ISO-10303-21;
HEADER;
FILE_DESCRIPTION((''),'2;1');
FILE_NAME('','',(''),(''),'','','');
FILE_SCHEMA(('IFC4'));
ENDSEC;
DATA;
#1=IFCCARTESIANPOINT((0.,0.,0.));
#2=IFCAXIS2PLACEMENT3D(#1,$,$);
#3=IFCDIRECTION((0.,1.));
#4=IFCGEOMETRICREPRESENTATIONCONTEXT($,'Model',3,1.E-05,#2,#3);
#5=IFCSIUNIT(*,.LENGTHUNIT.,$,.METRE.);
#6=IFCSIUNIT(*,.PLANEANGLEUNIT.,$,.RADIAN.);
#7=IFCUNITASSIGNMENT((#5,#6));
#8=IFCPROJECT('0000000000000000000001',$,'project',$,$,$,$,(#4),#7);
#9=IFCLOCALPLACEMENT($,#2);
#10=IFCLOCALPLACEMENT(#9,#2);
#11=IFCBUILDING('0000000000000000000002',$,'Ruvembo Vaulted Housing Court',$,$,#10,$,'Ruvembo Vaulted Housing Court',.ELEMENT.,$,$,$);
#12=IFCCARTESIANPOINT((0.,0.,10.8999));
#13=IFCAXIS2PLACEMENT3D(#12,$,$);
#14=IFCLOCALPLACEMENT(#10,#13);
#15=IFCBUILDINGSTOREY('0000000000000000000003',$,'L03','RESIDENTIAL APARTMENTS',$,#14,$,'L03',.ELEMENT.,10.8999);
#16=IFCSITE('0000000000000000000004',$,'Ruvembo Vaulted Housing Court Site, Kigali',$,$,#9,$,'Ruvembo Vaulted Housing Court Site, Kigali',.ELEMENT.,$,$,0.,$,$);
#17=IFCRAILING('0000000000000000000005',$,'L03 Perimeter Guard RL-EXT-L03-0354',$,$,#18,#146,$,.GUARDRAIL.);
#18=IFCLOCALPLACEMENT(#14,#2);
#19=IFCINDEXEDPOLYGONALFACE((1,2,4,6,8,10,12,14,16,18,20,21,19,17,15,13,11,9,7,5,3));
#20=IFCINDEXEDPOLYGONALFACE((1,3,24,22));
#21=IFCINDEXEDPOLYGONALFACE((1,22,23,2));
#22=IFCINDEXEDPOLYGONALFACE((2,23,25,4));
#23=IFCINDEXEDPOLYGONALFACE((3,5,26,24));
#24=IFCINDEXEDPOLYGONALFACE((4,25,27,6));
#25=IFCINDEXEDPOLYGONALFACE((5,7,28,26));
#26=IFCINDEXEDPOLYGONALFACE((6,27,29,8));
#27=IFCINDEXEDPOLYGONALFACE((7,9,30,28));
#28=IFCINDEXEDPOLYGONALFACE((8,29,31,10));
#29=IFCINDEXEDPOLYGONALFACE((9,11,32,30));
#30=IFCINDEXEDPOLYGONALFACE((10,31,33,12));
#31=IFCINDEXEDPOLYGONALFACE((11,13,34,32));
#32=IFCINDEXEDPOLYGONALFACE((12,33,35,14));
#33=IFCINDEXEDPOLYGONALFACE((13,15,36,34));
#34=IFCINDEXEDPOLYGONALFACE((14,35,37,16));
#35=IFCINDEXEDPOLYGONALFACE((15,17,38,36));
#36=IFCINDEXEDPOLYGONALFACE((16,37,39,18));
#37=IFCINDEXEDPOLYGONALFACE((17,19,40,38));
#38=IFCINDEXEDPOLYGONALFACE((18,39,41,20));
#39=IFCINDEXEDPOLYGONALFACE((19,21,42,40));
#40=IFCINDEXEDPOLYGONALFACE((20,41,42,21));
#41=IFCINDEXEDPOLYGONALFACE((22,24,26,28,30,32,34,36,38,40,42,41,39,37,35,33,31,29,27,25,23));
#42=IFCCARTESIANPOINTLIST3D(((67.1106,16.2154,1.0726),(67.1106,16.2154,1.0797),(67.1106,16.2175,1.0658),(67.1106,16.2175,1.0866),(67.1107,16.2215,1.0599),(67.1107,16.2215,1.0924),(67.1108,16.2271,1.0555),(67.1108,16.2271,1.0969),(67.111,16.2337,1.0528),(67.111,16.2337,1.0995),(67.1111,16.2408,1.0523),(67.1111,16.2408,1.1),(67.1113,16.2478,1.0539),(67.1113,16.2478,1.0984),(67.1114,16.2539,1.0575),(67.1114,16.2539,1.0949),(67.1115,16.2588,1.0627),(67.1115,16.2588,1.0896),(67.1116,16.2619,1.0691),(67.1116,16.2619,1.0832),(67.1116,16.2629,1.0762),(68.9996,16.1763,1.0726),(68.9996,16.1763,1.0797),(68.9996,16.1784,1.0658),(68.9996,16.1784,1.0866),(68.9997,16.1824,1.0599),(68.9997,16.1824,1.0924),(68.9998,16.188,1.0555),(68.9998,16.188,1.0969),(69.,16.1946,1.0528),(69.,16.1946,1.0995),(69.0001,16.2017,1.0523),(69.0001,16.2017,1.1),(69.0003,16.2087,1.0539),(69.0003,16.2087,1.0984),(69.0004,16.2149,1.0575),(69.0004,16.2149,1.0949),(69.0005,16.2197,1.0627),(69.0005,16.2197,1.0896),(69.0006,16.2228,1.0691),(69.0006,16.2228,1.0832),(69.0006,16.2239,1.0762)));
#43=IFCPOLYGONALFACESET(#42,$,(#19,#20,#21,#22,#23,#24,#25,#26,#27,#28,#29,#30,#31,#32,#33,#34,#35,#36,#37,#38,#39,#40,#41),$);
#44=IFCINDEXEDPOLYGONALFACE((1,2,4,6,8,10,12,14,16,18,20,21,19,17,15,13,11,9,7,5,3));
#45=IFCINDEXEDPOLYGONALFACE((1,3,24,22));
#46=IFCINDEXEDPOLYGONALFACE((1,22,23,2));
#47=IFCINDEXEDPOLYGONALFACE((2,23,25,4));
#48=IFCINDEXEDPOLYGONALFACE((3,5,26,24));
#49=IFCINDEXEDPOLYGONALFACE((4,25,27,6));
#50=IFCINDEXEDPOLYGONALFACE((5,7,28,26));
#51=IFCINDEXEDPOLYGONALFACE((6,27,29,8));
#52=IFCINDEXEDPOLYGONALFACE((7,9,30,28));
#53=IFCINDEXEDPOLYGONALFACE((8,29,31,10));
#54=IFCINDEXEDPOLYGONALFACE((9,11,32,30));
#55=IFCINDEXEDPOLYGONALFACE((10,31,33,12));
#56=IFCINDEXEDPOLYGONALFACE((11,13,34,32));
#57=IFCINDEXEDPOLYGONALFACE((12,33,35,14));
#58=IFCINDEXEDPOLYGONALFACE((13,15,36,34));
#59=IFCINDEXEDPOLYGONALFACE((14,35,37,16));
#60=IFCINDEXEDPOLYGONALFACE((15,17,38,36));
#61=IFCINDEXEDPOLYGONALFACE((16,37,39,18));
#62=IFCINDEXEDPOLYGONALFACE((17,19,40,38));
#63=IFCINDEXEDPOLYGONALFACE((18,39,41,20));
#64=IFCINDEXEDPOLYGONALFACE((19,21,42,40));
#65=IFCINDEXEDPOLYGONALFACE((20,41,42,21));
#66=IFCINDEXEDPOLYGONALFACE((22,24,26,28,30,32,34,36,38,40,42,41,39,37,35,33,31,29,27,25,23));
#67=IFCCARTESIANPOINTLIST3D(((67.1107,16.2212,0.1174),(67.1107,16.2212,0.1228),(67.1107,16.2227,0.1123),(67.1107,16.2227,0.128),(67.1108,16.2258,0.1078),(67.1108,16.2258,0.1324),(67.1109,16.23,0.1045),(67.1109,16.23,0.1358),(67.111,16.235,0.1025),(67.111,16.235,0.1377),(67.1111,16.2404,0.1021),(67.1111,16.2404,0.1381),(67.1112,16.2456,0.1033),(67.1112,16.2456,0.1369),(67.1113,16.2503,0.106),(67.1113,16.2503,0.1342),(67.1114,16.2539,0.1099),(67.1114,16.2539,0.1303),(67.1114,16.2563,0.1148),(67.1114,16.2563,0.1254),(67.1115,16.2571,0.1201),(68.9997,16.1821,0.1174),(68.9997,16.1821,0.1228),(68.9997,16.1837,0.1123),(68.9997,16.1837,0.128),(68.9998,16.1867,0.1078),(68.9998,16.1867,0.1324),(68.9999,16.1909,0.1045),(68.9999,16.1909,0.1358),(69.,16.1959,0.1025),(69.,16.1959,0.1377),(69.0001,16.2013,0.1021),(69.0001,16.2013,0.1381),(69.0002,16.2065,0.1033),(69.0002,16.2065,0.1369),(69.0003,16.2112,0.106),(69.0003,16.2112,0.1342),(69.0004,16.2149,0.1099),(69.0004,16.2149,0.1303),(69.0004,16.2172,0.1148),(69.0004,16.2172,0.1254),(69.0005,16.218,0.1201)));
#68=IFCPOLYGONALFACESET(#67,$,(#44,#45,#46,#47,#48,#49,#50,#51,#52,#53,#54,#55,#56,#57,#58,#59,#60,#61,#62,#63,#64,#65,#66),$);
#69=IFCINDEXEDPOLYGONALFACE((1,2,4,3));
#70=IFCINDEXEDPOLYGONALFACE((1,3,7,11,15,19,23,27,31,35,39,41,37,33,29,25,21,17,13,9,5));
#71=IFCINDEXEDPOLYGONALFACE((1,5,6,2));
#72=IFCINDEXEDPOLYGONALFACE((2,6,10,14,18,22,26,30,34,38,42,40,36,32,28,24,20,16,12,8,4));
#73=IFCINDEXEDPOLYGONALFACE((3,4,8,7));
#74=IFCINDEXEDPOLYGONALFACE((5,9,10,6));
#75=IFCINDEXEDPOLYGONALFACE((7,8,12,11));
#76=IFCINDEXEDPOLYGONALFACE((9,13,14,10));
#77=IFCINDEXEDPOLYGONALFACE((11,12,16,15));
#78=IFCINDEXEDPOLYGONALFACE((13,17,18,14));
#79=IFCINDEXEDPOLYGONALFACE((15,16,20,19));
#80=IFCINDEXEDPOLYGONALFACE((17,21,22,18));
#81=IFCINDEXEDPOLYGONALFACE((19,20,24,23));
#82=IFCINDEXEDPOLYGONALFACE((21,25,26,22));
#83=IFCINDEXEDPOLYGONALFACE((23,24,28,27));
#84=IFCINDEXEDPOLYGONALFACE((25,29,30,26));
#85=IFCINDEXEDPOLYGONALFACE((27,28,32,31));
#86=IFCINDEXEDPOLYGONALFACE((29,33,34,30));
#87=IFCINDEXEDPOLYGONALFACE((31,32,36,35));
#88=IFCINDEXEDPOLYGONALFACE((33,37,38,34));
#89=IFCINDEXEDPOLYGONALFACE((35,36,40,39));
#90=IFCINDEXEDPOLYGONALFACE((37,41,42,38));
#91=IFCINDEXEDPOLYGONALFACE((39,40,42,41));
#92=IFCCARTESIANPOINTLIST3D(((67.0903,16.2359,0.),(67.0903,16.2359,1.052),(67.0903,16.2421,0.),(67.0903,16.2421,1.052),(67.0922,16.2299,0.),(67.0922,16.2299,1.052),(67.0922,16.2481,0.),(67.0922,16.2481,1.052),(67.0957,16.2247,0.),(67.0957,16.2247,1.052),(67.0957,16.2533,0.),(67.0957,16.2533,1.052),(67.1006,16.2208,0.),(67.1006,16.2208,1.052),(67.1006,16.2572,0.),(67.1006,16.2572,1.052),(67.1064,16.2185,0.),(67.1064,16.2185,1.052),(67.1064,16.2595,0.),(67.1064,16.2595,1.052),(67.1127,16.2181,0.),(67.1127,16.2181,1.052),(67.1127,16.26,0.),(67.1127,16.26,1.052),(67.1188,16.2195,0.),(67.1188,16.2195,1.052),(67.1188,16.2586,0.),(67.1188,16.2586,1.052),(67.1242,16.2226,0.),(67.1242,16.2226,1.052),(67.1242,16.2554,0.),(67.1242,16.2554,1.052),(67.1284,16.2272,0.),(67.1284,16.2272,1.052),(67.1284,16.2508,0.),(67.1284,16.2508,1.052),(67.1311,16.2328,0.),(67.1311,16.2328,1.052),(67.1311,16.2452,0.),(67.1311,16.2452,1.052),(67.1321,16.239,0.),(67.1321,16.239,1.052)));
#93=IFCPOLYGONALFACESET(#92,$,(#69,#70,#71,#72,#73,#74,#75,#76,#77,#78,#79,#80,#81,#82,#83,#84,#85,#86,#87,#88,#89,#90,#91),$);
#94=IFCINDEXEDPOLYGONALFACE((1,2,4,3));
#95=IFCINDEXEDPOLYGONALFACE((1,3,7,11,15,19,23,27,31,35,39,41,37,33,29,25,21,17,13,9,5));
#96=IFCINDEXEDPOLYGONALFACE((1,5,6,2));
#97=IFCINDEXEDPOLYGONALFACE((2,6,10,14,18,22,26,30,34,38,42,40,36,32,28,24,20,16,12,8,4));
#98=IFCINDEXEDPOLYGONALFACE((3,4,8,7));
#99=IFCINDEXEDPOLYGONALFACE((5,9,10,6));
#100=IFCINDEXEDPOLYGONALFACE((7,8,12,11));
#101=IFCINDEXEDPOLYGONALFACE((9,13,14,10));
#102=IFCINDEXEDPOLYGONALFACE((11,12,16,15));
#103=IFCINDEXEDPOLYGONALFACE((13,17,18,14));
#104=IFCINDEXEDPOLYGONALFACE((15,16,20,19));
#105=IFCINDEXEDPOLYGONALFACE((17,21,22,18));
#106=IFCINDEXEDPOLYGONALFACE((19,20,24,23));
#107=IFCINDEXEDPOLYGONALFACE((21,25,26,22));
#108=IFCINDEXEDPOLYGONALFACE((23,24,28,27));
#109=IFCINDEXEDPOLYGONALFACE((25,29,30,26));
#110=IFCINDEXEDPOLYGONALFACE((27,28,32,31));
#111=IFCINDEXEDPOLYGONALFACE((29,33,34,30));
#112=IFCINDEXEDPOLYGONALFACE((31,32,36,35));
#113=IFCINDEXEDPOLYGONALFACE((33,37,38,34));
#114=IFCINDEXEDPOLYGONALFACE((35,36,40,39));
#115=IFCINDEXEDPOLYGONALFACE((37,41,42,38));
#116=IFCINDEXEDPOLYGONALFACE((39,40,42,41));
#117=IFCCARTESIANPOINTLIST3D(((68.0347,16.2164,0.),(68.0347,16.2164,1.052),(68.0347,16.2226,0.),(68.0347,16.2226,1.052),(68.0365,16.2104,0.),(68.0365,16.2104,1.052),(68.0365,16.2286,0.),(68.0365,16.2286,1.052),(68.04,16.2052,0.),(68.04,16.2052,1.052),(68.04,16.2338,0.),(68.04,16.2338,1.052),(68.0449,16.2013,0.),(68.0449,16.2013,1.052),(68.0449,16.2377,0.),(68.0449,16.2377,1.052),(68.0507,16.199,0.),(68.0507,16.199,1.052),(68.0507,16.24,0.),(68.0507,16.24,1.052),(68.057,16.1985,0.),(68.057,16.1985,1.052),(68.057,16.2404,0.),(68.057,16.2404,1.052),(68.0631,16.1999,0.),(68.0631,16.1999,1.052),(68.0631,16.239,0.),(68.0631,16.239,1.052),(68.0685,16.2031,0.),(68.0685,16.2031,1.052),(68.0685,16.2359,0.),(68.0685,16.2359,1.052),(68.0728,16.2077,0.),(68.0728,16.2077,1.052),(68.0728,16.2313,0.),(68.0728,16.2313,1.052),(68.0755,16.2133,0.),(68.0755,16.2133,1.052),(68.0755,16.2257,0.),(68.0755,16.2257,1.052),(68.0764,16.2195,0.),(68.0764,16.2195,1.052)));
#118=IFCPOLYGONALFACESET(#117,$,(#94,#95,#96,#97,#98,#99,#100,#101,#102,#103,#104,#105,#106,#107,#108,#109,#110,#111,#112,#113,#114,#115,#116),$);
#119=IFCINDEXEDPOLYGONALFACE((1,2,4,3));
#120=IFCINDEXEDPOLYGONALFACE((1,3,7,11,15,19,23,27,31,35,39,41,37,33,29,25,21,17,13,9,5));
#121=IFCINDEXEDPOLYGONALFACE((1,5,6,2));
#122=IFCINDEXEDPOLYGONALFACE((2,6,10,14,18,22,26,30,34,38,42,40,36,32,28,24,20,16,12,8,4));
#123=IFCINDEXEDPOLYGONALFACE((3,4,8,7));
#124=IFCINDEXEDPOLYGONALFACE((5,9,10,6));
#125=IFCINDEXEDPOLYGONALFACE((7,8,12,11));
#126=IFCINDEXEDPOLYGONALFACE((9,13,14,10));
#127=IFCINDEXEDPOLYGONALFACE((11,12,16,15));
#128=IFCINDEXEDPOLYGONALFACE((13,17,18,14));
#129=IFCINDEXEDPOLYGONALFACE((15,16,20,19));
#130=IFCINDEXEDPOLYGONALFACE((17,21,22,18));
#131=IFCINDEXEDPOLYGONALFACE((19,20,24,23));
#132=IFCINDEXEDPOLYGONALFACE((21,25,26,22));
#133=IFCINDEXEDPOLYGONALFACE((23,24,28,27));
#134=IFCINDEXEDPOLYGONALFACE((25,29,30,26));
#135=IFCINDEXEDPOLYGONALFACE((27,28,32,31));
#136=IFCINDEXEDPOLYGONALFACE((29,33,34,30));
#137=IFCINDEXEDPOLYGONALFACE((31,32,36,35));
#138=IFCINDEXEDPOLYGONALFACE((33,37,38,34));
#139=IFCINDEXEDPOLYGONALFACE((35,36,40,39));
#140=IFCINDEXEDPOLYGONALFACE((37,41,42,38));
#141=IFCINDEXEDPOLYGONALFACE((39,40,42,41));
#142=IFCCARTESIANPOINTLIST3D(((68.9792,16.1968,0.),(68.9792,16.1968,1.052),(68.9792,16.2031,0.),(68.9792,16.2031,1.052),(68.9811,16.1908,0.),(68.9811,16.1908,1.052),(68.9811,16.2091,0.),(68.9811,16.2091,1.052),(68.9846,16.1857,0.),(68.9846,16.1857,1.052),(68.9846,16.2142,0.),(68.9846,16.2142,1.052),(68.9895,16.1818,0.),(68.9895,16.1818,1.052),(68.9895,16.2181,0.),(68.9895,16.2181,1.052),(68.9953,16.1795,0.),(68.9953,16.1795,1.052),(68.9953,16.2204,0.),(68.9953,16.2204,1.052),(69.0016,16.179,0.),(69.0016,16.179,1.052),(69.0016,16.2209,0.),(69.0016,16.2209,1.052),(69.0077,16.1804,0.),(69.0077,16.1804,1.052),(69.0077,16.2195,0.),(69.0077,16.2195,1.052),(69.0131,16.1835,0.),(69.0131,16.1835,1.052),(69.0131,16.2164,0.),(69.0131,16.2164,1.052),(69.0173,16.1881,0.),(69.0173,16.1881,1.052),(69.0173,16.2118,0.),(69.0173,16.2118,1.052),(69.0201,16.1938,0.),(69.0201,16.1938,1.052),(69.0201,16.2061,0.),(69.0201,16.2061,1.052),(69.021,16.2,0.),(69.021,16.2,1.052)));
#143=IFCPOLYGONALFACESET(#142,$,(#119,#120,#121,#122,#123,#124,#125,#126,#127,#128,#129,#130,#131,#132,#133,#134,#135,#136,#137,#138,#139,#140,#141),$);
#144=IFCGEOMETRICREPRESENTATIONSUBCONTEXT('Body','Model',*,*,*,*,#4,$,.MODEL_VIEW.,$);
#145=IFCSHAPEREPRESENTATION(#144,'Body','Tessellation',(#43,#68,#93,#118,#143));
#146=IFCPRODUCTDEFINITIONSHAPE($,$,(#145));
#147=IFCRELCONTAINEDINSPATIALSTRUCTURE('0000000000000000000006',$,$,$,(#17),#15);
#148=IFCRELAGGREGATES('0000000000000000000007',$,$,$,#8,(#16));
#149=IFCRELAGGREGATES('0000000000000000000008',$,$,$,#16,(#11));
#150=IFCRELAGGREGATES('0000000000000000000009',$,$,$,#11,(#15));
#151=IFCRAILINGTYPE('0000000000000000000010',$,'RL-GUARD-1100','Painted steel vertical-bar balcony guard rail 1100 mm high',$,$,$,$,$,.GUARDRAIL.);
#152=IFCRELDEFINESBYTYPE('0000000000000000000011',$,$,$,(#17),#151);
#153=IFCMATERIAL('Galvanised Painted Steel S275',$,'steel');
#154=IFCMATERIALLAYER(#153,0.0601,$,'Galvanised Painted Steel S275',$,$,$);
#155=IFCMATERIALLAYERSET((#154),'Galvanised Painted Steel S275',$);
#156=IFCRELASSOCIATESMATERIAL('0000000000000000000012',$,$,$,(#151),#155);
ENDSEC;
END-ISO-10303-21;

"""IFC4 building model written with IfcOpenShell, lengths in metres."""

from ifc_helpers import new_model, si_unit, direction, frame, origin, origin_2d, place, context, subcontext, project, spatial, circle, extrude, material, layer, layer_set, type_object, element, save


model = new_model("IFC4")

# Units and contexts
model_context = context("Model", 3, precision=1e-05, world=origin(), true_north=direction((0.0, 1.0)))
body_context = subcontext(model_context, "Body", "Model", "MODEL_VIEW")
ifc_project = project(units=[si_unit("LENGTHUNIT", "METRE"), si_unit("PLANEANGLEUNIT", "RADIAN")], contexts=[model_context])

# Site, building, storey
site_placement = place(None, origin())
site = spatial("IfcSite", under=ifc_project, at=site_placement, Name="Ruvembo Vaulted Housing Court Site, Kigali", LongName="Ruvembo Vaulted Housing Court Site, Kigali", CompositionType="ELEMENT", RefElevation=0.0)
building_placement = place(site_placement, origin())
building = spatial("IfcBuilding", under=site, at=building_placement, Name="Ruvembo Vaulted Housing Court", LongName="Ruvembo Vaulted Housing Court", CompositionType="ELEMENT")
storey_placement = place(building_placement, frame((0.0, 0.0, 10.8999)))
storey = spatial("IfcBuildingStorey", under=building, at=storey_placement, Name="L03", Description="RESIDENTIAL APARTMENTS", LongName="L03", CompositionType="ELEMENT", Elevation=10.8999)

# Railing
ifc_material_1 = material(Name="Galvanised Painted Steel S275", Category="steel")
ifc_layer = layer(ifc_material_1, 0.0601, Name="Galvanised Painted Steel S275")
ifc_layer_set = layer_set([ifc_layer], Name="Galvanised Painted Steel S275")
railing_type = type_object("IfcRailingType", Name="RL-GUARD-1100", Description="Painted steel vertical-bar balcony guard rail 1100 mm high", PredefinedType="GUARDRAIL", material=ifc_layer_set)
railing_1_placement = place(storey_placement, frame((67.1111, 16.239, 0.0)))
element("IfcRailing", 1, at=railing_1_placement, inside=storey, type_object=railing_type, Name="L03 Perimeter Guard RL-EXT-L03-0354", PredefinedType="GUARDRAIL", context=body_context, shape_type="SweptSolid", body=[
    extrude(circle(Radius=0.0239, at=origin_2d()), frame((0.0, 0.0, 1.0762), z_axis=(0.999786, -0.020675, 0.0), x_axis=(0.020675, 0.999786, 0.0)), (0.0, 0.0, 1.0), 1.8894),
    extrude(circle(Radius=0.0181, at=origin_2d()), frame((0.0, 0.0, 0.1201), z_axis=(0.999786, -0.020675, 0.0), x_axis=(0.020675, 0.999786, 0.0)), (0.0, 0.0, 1.0), 1.8894),
    extrude(circle(Radius=0.021, at=origin_2d()), origin(), (0.0, 0.0, 1.0), 1.052),
    extrude(circle(Radius=0.021, at=origin_2d()), frame((0.9443, -0.0195, 0.0)), (0.0, 0.0, 1.0), 1.052),
    extrude(circle(Radius=0.021, at=origin_2d()), frame((1.8889, -0.0391, 0.0)), (0.0, 0.0, 1.0), 1.052),
])

save(model, "model.ifc")
